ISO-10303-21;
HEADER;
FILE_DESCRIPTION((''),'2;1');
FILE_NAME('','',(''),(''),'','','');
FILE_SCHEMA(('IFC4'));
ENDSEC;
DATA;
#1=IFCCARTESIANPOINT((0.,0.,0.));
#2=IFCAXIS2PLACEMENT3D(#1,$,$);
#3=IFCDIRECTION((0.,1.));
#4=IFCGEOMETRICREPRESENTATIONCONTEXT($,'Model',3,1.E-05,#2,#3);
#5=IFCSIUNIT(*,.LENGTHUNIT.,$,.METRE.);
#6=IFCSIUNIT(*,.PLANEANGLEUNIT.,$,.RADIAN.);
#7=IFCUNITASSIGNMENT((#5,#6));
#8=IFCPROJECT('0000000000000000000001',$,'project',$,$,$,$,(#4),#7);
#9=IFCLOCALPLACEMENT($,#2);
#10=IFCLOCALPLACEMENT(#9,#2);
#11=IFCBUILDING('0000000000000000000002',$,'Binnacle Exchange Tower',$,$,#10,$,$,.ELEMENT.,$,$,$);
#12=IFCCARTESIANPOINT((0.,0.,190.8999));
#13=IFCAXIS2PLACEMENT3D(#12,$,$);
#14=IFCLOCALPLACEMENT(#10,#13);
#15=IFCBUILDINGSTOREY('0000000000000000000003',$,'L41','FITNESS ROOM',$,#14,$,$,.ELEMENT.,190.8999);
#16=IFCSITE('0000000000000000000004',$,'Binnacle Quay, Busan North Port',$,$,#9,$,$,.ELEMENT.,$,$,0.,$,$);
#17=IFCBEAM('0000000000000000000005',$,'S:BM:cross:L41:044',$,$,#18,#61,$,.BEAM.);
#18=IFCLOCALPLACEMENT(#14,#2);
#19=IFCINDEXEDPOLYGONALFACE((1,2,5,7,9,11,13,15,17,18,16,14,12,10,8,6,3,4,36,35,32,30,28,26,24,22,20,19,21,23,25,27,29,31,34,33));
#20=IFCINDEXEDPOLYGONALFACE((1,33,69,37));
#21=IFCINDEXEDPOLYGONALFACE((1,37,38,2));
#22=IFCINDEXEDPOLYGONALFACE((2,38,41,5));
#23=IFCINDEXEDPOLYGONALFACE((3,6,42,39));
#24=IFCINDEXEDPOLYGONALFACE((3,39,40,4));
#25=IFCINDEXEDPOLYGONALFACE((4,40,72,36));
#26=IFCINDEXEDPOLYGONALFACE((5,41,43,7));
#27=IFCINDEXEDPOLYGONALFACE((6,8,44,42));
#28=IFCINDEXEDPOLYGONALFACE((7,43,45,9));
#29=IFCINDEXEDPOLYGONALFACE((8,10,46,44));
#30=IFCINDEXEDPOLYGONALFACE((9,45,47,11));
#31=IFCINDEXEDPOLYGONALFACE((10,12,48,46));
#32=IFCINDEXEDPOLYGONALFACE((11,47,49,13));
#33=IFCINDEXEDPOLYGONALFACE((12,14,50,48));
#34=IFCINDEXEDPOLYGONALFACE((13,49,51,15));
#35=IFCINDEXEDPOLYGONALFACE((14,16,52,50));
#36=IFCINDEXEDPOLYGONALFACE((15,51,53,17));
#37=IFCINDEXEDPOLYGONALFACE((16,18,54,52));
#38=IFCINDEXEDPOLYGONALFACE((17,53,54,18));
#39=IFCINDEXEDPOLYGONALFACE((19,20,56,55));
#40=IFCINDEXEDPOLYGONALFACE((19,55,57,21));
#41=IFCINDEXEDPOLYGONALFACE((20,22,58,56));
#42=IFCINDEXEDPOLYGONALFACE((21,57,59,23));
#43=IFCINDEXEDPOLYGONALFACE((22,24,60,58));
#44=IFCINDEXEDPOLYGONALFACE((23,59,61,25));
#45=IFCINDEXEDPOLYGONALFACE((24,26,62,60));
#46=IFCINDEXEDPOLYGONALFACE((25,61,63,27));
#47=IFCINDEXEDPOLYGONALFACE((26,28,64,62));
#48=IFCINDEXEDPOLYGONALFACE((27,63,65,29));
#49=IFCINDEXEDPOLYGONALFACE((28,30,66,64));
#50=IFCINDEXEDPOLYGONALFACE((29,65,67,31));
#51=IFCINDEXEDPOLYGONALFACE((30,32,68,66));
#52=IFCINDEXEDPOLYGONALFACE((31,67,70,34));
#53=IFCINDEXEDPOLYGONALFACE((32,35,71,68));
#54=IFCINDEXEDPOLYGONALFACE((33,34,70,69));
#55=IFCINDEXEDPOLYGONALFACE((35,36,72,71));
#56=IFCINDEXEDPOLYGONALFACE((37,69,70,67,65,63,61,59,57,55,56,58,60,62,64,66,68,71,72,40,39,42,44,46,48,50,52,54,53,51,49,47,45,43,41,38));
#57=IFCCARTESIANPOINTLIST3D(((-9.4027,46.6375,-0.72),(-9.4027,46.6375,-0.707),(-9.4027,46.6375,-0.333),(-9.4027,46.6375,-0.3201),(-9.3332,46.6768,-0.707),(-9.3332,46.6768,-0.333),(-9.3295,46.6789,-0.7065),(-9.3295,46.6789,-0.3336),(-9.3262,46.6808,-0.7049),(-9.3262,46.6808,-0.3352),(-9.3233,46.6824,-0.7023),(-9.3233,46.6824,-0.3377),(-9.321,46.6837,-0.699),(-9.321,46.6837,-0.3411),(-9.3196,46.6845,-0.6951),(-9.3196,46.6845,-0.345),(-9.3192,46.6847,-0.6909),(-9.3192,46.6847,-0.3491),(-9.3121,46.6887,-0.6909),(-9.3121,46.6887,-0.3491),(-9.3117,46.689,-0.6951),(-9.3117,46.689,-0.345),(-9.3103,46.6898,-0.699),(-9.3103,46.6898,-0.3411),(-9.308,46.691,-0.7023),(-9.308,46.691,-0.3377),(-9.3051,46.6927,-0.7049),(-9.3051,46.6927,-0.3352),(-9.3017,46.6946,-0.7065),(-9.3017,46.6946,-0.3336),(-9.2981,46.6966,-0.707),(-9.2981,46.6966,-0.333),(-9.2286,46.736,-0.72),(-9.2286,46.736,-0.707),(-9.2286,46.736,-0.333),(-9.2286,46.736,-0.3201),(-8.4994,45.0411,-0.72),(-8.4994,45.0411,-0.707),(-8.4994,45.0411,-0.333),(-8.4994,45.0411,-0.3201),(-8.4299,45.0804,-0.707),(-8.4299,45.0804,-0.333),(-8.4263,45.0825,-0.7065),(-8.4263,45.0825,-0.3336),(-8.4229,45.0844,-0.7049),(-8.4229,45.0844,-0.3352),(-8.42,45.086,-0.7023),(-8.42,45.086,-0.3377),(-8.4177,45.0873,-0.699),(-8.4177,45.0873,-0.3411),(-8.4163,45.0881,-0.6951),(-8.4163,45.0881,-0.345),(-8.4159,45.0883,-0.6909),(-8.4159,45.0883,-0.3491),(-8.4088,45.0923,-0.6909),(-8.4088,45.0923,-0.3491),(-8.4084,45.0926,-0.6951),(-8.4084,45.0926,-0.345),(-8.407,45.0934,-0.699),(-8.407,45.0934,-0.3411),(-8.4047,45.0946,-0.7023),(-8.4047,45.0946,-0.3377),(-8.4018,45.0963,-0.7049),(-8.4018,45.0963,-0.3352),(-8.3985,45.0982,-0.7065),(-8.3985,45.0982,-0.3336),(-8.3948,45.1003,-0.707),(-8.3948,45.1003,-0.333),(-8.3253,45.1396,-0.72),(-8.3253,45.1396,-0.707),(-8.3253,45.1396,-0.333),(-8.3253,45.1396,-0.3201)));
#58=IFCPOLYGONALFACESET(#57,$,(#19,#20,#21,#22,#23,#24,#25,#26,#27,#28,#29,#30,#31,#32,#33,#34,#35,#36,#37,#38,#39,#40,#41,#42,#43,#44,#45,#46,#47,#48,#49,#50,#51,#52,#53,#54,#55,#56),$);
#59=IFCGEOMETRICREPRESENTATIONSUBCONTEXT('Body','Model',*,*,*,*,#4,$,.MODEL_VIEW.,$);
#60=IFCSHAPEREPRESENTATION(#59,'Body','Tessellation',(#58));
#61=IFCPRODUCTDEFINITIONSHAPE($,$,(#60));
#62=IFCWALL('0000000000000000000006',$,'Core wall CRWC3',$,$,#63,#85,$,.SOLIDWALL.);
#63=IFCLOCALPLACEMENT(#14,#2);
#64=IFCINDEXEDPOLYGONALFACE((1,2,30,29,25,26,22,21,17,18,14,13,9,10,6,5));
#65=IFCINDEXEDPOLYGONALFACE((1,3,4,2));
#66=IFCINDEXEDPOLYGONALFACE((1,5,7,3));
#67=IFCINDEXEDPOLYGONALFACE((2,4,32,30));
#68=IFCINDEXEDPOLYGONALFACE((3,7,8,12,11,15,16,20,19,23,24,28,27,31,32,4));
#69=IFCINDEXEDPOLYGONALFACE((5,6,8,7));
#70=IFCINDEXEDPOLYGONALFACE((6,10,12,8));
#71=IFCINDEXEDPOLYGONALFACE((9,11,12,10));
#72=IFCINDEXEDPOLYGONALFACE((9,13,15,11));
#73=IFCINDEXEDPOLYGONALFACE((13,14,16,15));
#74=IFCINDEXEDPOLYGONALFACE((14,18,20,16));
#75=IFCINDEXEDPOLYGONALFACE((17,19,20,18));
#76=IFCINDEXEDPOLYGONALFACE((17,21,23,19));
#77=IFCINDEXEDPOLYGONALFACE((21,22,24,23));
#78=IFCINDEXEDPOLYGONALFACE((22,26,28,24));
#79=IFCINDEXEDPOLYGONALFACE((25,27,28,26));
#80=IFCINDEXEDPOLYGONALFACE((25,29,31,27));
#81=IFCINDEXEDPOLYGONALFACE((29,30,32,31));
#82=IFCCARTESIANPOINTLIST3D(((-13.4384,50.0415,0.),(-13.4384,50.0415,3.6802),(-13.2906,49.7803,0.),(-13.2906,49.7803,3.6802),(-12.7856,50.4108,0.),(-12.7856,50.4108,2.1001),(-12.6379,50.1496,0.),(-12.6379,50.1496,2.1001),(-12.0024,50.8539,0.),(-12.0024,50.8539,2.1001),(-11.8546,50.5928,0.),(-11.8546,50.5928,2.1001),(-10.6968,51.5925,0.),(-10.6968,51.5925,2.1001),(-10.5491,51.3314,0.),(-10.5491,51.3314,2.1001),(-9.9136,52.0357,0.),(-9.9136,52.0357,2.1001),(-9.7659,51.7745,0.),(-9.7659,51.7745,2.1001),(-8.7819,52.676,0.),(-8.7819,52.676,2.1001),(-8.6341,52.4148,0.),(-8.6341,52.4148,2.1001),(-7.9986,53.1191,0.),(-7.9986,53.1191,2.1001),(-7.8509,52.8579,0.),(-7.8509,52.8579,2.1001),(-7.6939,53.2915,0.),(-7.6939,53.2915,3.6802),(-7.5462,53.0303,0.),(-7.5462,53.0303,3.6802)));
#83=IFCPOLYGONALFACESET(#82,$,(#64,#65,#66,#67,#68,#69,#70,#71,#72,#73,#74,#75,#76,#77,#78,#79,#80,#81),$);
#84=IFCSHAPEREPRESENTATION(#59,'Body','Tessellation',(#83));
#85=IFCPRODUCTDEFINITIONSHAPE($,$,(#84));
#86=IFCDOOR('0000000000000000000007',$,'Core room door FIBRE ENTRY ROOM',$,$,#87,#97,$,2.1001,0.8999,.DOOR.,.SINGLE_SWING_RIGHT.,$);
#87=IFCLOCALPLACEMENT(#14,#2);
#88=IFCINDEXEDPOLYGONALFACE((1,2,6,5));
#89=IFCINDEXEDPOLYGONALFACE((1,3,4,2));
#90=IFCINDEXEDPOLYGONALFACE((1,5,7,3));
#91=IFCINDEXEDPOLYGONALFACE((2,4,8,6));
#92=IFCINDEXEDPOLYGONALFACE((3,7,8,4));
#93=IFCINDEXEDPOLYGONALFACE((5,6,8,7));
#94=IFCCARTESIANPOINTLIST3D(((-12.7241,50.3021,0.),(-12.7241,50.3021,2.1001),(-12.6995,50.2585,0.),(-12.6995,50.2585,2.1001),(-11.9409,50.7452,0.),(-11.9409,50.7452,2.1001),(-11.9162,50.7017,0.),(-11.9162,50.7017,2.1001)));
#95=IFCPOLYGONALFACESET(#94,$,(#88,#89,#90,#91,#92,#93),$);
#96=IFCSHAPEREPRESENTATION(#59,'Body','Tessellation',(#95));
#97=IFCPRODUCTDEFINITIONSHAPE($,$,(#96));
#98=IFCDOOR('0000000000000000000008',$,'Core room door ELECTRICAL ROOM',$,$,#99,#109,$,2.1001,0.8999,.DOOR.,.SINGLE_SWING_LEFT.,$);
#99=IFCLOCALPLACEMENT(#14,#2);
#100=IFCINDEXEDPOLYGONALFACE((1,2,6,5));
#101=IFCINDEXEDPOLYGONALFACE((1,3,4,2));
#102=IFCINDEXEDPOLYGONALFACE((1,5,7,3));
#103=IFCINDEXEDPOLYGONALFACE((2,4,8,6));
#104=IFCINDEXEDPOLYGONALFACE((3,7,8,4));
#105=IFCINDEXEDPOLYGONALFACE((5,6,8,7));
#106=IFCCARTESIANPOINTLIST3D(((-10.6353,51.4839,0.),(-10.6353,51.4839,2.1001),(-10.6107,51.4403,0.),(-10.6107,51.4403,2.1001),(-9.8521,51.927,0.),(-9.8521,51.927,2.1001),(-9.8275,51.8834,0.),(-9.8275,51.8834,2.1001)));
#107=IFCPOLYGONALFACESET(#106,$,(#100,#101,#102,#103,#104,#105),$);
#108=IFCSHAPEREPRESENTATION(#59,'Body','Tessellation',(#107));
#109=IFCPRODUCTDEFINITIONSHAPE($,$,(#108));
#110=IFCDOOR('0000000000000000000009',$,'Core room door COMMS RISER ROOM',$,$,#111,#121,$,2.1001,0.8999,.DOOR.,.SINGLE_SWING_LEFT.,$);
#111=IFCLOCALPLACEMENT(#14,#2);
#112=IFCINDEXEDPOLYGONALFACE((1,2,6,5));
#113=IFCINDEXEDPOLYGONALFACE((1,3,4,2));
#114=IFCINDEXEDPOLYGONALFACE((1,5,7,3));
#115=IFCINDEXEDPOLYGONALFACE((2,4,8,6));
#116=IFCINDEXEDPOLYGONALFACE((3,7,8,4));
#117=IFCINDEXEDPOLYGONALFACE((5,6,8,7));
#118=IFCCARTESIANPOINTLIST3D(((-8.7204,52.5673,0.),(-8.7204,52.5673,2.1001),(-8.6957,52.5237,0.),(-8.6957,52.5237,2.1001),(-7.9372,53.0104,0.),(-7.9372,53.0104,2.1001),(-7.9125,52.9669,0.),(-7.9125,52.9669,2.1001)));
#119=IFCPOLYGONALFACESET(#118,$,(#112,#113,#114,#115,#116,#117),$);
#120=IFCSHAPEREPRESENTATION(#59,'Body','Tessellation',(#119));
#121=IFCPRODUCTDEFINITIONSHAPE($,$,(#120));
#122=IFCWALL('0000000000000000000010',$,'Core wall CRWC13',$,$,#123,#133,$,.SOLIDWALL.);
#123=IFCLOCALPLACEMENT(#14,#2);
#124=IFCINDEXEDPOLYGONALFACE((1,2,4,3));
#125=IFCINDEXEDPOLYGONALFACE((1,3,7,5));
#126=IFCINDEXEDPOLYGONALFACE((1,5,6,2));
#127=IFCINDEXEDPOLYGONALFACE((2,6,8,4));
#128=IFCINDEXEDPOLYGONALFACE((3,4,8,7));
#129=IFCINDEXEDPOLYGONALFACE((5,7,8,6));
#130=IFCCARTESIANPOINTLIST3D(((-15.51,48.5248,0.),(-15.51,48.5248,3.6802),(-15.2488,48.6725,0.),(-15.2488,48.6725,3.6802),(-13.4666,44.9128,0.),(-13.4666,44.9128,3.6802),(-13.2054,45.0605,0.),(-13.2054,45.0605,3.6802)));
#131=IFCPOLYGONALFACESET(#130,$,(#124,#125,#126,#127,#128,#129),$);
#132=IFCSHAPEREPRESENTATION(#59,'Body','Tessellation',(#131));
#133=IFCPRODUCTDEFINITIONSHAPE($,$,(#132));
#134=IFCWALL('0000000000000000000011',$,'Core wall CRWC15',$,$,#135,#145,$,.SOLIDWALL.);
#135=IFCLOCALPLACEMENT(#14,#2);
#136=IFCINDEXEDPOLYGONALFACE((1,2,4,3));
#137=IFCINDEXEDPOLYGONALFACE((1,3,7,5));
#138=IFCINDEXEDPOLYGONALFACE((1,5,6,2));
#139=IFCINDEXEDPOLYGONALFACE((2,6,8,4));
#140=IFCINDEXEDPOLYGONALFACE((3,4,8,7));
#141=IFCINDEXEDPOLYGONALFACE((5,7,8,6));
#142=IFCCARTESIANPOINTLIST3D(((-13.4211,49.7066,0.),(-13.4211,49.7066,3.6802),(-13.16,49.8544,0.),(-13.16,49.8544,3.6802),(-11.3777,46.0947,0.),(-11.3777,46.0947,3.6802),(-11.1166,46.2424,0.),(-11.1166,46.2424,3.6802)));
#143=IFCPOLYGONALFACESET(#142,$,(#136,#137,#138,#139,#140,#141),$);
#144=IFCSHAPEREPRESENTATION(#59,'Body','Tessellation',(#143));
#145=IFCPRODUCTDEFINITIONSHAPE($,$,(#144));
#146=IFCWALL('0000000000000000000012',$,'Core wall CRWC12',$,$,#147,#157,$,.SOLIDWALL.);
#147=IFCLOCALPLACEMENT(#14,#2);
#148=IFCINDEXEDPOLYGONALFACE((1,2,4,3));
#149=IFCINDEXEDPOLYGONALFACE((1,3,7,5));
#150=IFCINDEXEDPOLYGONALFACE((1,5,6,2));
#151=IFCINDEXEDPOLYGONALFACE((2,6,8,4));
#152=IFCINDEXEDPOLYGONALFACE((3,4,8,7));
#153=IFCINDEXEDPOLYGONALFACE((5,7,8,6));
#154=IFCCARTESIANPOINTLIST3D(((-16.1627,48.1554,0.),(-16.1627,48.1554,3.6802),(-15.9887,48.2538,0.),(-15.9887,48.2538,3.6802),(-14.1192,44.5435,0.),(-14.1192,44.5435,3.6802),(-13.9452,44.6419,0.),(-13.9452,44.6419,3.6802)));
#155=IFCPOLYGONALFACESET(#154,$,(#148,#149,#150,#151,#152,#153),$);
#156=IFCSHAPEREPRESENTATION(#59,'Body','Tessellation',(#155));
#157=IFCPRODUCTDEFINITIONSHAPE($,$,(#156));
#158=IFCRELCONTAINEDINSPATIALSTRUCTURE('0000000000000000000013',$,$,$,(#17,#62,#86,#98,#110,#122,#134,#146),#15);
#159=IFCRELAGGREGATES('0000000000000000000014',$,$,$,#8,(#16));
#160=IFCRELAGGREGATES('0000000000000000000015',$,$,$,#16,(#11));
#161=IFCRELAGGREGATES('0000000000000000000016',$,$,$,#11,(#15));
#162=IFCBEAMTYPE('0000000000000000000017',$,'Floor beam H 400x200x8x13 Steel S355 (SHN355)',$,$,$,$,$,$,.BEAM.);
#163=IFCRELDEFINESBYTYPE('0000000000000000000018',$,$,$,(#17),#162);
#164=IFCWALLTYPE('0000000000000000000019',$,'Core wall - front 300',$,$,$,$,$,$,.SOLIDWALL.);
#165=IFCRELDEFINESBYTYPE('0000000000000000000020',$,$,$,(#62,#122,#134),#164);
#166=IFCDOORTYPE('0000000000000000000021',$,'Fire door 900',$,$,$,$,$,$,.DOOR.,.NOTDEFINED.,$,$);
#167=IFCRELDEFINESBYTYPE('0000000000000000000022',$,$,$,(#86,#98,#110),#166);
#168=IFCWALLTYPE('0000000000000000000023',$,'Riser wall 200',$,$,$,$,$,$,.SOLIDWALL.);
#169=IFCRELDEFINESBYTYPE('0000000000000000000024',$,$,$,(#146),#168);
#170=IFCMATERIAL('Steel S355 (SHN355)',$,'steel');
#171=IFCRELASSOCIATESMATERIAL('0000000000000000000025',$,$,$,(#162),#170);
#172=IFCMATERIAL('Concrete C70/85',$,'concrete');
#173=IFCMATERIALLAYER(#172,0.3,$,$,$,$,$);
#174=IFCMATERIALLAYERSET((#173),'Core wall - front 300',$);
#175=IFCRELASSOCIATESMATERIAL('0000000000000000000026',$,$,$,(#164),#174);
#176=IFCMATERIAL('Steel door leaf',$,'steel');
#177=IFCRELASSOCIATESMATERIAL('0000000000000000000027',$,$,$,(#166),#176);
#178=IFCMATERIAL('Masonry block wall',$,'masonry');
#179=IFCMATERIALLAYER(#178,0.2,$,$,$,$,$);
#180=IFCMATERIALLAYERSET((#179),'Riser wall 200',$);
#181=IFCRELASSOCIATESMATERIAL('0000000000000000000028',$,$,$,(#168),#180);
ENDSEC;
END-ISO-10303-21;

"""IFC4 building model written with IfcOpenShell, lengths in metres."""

from ifc_helpers import new_model, si_unit, direction, frame, frame_2d, origin, origin_2d, place, context, subcontext, project, spatial, rectangle, i_section, extrude, material, layer, layer_set, material_profile, profile_set, type_object, element, fill, save


model = new_model("IFC4")

# Units and contexts
model_context = context("Model", 3, precision=1e-05, world=origin(), true_north=direction((0.0, 1.0)))
body_context = subcontext(model_context, "Body", "Model", "MODEL_VIEW")
ifc_project = project(units=[si_unit("LENGTHUNIT", "METRE"), si_unit("PLANEANGLEUNIT", "RADIAN")], contexts=[model_context])

# Site, building, storey
site_placement = place(None, origin())
site = spatial("IfcSite", under=ifc_project, at=site_placement, Name="Binnacle Quay, Busan North Port", CompositionType="ELEMENT", RefElevation=0.0)
building_placement = place(site_placement, origin())
building = spatial("IfcBuilding", under=site, at=building_placement, Name="Binnacle Exchange Tower", CompositionType="ELEMENT")
storey_placement = place(building_placement, frame((0.0, 0.0, 190.8999)))
storey = spatial("IfcBuildingStorey", under=building, at=storey_placement, Name="L41", Description="FITNESS ROOM", CompositionType="ELEMENT", Elevation=190.8999)

# Shared definitions
ifc_material_1 = material(Name="Concrete C70/85", Category="concrete")

# Beam
ifc_material_2 = material(Name="Steel S355 (SHN355)", Category="steel")
ifc_material_profile_1 = material_profile(ifc_material_2, i_section(OverallWidth=0.2, OverallDepth=0.3999, WebThickness=0.0081, FlangeThickness=0.0129, FilletRadius=0.0161, at=origin_2d()), Name="H 400x200x8x13")
ifc_profile_set_1 = profile_set([ifc_material_profile_1], Name="Steel S355 (SHN355)")
beam_type_1 = type_object("IfcBeamType", Name="Floor beam H 400x200x8x13 Steel S355 (SHN355)", PredefinedType="BEAM", material=ifc_profile_set_1)
beam_1_placement = place(storey_placement, frame((-8.4124, 45.0903, -0.52), z_axis=(-0.492465, 0.870332, 0.0), x_axis=(-0.870332, -0.492465, 0.0)))
element("IfcBeam", 1, at=beam_1_placement, inside=storey, type_object=beam_type_1, Name="S:BM:cross:L41:044", PredefinedType="BEAM", context=body_context, shape_type="SweptSolid", body=[
    extrude(i_section(OverallWidth=0.2, OverallDepth=0.3999, WebThickness=0.0081, FlangeThickness=0.0129, FilletRadius=0.0161, at=origin_2d()), origin(), (0.0, 0.0, 1.0), 1.8342),
])

# Wall, openings, doors
ifc_layer_1 = layer(ifc_material_1, 0.3)
ifc_layer_set_1 = layer_set([ifc_layer_1], Name="Core wall - front 300")
wall_type_1 = type_object("IfcWallType", Name="Core wall - front 300", PredefinedType="SOLIDWALL", material=ifc_layer_set_1)
wall_1_placement = place(storey_placement, frame((-13.3645, 49.9109, 0.0), z_axis=(0.0, 0.0, 1.0), x_axis=(0.870357, 0.492422, 0.0)))
wall_1 = element("IfcWall", 2, at=wall_1_placement, inside=storey, type_object=wall_type_1, Name="Core wall CRWC3", PredefinedType="SOLIDWALL", context=body_context, shape_type="SweptSolid", body=[
    extrude(rectangle(XDim=6.6001, YDim=0.3, at=frame_2d((3.3, 0.0))), origin(), (0.0, 0.0, 1.0), 3.6802),
])
opening_1_placement = place(wall_1_placement, frame((0.75, 0.0, 0.0)))
opening_1 = element("IfcOpeningElement", 3, at=opening_1_placement, cuts=wall_1, PredefinedType="OPENING", context=body_context, shape_type="SweptSolid", body=[
    extrude(rectangle(XDim=0.8999, YDim=2.1001, at=frame_2d((0.45, 1.05))), frame((0.0, 0.1599, 0.0), z_axis=(0.0, -1.0, 0.0), x_axis=(1.0, 0.0, 0.0)), (0.0, 0.0, 1.0), 0.3201),
])
opening_2_placement = place(wall_1_placement, frame((3.1499, 0.0, 0.0)))
opening_2 = element("IfcOpeningElement", 4, at=opening_2_placement, cuts=wall_1, PredefinedType="OPENING", context=body_context, shape_type="SweptSolid", body=[
    extrude(rectangle(XDim=0.8999, YDim=2.1001, at=frame_2d((0.45, 1.05))), frame((0.0, 0.1599, 0.0), z_axis=(0.0, -1.0, 0.0), x_axis=(1.0, 0.0, 0.0)), (0.0, 0.0, 1.0), 0.3201),
])
opening_3_placement = place(wall_1_placement, frame((5.3501, 0.0, 0.0)))
opening_3 = element("IfcOpeningElement", 5, at=opening_3_placement, cuts=wall_1, PredefinedType="OPENING", context=body_context, shape_type="SweptSolid", body=[
    extrude(rectangle(XDim=0.8999, YDim=2.1001, at=frame_2d((0.45, 1.05))), frame((0.0, 0.1599, 0.0), z_axis=(0.0, -1.0, 0.0), x_axis=(1.0, 0.0, 0.0)), (0.0, 0.0, 1.0), 0.3201),
])
ifc_material_3 = material(Name="Steel door leaf", Category="steel")
door_type = type_object("IfcDoorType", Name="Fire door 900", OperationType="NOTDEFINED", PredefinedType="DOOR", material=ifc_material_3)
door_1_placement = place(opening_1_placement, frame((0.8999, 0.0, 0.0), z_axis=(0.0, 0.0, 1.0), x_axis=(-1.0, 0.0, 0.0)))
door_1 = element("IfcDoor", 6, at=door_1_placement, inside=storey, type_object=door_type, Name="Core room door FIBRE ENTRY ROOM", OperationType="SINGLE_SWING_RIGHT", OverallHeight=2.1001, OverallWidth=0.8999, PredefinedType="DOOR", context=body_context, shape_type="SweptSolid", body=[
    extrude(rectangle(XDim=0.8999, YDim=2.1001, at=frame_2d((0.45, 1.05))), frame((0.0, 0.0249, 0.0), z_axis=(0.0, -1.0, 0.0), x_axis=(1.0, 0.0, 0.0)), (0.0, 0.0, 1.0), 0.05),
])
fill(opening_1, door_1)
door_2_placement = place(opening_2_placement, frame((0.8999, 0.0, 0.0), z_axis=(0.0, 0.0, 1.0), x_axis=(-1.0, 0.0, 0.0)))
door_2 = element("IfcDoor", 7, at=door_2_placement, inside=storey, type_object=door_type, Name="Core room door ELECTRICAL ROOM", OperationType="SINGLE_SWING_LEFT", OverallHeight=2.1001, OverallWidth=0.8999, PredefinedType="DOOR", context=body_context, shape_type="SweptSolid", body=[
    extrude(rectangle(XDim=0.8999, YDim=2.1001, at=frame_2d((0.45, 1.05))), frame((0.0, 0.0249, 0.0), z_axis=(0.0, -1.0, 0.0), x_axis=(1.0, 0.0, 0.0)), (0.0, 0.0, 1.0), 0.05),
])
fill(opening_2, door_2)
door_3_placement = place(opening_3_placement, frame((0.8999, 0.0, 0.0), z_axis=(0.0, 0.0, 1.0), x_axis=(-1.0, 0.0, 0.0)))
door_3 = element("IfcDoor", 8, at=door_3_placement, inside=storey, type_object=door_type, Name="Core room door COMMS RISER ROOM", OperationType="SINGLE_SWING_LEFT", OverallHeight=2.1001, OverallWidth=0.8999, PredefinedType="DOOR", context=body_context, shape_type="SweptSolid", body=[
    extrude(rectangle(XDim=0.8999, YDim=2.1001, at=frame_2d((0.45, 1.05))), frame((0.0, 0.0249, 0.0), z_axis=(0.0, -1.0, 0.0), x_axis=(1.0, 0.0, 0.0)), (0.0, 0.0, 1.0), 0.05),
])
fill(opening_3, door_3)

# Walls
for number, where, z_axis, x_axis, name in (
    (9, (-15.3794, 48.5986, 0.0), (0.0, 0.0, 1.0), (0.492396, -0.870371, 0.0), "Core wall CRWC13"),
    (10, (-13.2905, 49.7805, 0.0), (0.0, 0.0, 1.0), (0.492396, -0.870371, 0.0), "Core wall CRWC15"),
):
    element("IfcWall", number, at=place(storey_placement, frame(where, z_axis=z_axis, x_axis=x_axis)), inside=storey, type_object=wall_type_1, Name=name, PredefinedType="SOLIDWALL", context=body_context, shape_type="SweptSolid", body=[
        extrude(rectangle(XDim=4.1499, YDim=0.3, at=frame_2d((2.075, 0.0))), origin(), (0.0, 0.0, 1.0), 3.6802),
    ])
ifc_material_4 = material(Name="Masonry block wall", Category="masonry")
ifc_layer_2 = layer(ifc_material_4, 0.2)
ifc_layer_set_2 = layer_set([ifc_layer_2], Name="Riser wall 200")
wall_type_2 = type_object("IfcWallType", Name="Riser wall 200", PredefinedType="SOLIDWALL", material=ifc_layer_set_2)
wall_2_placement = place(storey_placement, frame((-16.0757, 48.2046, 0.0), z_axis=(0.0, 0.0, 1.0), x_axis=(0.492422, -0.870357, 0.0)))
element("IfcWall", 11, at=wall_2_placement, inside=storey, type_object=wall_type_2, Name="Core wall CRWC12", PredefinedType="SOLIDWALL", context=body_context, shape_type="SweptSolid", body=[
    extrude(rectangle(XDim=4.1499, YDim=0.2, at=frame_2d((2.075, 0.0))), origin(), (0.0, 0.0, 1.0), 3.6802),
])

save(model, "model.ifc")
